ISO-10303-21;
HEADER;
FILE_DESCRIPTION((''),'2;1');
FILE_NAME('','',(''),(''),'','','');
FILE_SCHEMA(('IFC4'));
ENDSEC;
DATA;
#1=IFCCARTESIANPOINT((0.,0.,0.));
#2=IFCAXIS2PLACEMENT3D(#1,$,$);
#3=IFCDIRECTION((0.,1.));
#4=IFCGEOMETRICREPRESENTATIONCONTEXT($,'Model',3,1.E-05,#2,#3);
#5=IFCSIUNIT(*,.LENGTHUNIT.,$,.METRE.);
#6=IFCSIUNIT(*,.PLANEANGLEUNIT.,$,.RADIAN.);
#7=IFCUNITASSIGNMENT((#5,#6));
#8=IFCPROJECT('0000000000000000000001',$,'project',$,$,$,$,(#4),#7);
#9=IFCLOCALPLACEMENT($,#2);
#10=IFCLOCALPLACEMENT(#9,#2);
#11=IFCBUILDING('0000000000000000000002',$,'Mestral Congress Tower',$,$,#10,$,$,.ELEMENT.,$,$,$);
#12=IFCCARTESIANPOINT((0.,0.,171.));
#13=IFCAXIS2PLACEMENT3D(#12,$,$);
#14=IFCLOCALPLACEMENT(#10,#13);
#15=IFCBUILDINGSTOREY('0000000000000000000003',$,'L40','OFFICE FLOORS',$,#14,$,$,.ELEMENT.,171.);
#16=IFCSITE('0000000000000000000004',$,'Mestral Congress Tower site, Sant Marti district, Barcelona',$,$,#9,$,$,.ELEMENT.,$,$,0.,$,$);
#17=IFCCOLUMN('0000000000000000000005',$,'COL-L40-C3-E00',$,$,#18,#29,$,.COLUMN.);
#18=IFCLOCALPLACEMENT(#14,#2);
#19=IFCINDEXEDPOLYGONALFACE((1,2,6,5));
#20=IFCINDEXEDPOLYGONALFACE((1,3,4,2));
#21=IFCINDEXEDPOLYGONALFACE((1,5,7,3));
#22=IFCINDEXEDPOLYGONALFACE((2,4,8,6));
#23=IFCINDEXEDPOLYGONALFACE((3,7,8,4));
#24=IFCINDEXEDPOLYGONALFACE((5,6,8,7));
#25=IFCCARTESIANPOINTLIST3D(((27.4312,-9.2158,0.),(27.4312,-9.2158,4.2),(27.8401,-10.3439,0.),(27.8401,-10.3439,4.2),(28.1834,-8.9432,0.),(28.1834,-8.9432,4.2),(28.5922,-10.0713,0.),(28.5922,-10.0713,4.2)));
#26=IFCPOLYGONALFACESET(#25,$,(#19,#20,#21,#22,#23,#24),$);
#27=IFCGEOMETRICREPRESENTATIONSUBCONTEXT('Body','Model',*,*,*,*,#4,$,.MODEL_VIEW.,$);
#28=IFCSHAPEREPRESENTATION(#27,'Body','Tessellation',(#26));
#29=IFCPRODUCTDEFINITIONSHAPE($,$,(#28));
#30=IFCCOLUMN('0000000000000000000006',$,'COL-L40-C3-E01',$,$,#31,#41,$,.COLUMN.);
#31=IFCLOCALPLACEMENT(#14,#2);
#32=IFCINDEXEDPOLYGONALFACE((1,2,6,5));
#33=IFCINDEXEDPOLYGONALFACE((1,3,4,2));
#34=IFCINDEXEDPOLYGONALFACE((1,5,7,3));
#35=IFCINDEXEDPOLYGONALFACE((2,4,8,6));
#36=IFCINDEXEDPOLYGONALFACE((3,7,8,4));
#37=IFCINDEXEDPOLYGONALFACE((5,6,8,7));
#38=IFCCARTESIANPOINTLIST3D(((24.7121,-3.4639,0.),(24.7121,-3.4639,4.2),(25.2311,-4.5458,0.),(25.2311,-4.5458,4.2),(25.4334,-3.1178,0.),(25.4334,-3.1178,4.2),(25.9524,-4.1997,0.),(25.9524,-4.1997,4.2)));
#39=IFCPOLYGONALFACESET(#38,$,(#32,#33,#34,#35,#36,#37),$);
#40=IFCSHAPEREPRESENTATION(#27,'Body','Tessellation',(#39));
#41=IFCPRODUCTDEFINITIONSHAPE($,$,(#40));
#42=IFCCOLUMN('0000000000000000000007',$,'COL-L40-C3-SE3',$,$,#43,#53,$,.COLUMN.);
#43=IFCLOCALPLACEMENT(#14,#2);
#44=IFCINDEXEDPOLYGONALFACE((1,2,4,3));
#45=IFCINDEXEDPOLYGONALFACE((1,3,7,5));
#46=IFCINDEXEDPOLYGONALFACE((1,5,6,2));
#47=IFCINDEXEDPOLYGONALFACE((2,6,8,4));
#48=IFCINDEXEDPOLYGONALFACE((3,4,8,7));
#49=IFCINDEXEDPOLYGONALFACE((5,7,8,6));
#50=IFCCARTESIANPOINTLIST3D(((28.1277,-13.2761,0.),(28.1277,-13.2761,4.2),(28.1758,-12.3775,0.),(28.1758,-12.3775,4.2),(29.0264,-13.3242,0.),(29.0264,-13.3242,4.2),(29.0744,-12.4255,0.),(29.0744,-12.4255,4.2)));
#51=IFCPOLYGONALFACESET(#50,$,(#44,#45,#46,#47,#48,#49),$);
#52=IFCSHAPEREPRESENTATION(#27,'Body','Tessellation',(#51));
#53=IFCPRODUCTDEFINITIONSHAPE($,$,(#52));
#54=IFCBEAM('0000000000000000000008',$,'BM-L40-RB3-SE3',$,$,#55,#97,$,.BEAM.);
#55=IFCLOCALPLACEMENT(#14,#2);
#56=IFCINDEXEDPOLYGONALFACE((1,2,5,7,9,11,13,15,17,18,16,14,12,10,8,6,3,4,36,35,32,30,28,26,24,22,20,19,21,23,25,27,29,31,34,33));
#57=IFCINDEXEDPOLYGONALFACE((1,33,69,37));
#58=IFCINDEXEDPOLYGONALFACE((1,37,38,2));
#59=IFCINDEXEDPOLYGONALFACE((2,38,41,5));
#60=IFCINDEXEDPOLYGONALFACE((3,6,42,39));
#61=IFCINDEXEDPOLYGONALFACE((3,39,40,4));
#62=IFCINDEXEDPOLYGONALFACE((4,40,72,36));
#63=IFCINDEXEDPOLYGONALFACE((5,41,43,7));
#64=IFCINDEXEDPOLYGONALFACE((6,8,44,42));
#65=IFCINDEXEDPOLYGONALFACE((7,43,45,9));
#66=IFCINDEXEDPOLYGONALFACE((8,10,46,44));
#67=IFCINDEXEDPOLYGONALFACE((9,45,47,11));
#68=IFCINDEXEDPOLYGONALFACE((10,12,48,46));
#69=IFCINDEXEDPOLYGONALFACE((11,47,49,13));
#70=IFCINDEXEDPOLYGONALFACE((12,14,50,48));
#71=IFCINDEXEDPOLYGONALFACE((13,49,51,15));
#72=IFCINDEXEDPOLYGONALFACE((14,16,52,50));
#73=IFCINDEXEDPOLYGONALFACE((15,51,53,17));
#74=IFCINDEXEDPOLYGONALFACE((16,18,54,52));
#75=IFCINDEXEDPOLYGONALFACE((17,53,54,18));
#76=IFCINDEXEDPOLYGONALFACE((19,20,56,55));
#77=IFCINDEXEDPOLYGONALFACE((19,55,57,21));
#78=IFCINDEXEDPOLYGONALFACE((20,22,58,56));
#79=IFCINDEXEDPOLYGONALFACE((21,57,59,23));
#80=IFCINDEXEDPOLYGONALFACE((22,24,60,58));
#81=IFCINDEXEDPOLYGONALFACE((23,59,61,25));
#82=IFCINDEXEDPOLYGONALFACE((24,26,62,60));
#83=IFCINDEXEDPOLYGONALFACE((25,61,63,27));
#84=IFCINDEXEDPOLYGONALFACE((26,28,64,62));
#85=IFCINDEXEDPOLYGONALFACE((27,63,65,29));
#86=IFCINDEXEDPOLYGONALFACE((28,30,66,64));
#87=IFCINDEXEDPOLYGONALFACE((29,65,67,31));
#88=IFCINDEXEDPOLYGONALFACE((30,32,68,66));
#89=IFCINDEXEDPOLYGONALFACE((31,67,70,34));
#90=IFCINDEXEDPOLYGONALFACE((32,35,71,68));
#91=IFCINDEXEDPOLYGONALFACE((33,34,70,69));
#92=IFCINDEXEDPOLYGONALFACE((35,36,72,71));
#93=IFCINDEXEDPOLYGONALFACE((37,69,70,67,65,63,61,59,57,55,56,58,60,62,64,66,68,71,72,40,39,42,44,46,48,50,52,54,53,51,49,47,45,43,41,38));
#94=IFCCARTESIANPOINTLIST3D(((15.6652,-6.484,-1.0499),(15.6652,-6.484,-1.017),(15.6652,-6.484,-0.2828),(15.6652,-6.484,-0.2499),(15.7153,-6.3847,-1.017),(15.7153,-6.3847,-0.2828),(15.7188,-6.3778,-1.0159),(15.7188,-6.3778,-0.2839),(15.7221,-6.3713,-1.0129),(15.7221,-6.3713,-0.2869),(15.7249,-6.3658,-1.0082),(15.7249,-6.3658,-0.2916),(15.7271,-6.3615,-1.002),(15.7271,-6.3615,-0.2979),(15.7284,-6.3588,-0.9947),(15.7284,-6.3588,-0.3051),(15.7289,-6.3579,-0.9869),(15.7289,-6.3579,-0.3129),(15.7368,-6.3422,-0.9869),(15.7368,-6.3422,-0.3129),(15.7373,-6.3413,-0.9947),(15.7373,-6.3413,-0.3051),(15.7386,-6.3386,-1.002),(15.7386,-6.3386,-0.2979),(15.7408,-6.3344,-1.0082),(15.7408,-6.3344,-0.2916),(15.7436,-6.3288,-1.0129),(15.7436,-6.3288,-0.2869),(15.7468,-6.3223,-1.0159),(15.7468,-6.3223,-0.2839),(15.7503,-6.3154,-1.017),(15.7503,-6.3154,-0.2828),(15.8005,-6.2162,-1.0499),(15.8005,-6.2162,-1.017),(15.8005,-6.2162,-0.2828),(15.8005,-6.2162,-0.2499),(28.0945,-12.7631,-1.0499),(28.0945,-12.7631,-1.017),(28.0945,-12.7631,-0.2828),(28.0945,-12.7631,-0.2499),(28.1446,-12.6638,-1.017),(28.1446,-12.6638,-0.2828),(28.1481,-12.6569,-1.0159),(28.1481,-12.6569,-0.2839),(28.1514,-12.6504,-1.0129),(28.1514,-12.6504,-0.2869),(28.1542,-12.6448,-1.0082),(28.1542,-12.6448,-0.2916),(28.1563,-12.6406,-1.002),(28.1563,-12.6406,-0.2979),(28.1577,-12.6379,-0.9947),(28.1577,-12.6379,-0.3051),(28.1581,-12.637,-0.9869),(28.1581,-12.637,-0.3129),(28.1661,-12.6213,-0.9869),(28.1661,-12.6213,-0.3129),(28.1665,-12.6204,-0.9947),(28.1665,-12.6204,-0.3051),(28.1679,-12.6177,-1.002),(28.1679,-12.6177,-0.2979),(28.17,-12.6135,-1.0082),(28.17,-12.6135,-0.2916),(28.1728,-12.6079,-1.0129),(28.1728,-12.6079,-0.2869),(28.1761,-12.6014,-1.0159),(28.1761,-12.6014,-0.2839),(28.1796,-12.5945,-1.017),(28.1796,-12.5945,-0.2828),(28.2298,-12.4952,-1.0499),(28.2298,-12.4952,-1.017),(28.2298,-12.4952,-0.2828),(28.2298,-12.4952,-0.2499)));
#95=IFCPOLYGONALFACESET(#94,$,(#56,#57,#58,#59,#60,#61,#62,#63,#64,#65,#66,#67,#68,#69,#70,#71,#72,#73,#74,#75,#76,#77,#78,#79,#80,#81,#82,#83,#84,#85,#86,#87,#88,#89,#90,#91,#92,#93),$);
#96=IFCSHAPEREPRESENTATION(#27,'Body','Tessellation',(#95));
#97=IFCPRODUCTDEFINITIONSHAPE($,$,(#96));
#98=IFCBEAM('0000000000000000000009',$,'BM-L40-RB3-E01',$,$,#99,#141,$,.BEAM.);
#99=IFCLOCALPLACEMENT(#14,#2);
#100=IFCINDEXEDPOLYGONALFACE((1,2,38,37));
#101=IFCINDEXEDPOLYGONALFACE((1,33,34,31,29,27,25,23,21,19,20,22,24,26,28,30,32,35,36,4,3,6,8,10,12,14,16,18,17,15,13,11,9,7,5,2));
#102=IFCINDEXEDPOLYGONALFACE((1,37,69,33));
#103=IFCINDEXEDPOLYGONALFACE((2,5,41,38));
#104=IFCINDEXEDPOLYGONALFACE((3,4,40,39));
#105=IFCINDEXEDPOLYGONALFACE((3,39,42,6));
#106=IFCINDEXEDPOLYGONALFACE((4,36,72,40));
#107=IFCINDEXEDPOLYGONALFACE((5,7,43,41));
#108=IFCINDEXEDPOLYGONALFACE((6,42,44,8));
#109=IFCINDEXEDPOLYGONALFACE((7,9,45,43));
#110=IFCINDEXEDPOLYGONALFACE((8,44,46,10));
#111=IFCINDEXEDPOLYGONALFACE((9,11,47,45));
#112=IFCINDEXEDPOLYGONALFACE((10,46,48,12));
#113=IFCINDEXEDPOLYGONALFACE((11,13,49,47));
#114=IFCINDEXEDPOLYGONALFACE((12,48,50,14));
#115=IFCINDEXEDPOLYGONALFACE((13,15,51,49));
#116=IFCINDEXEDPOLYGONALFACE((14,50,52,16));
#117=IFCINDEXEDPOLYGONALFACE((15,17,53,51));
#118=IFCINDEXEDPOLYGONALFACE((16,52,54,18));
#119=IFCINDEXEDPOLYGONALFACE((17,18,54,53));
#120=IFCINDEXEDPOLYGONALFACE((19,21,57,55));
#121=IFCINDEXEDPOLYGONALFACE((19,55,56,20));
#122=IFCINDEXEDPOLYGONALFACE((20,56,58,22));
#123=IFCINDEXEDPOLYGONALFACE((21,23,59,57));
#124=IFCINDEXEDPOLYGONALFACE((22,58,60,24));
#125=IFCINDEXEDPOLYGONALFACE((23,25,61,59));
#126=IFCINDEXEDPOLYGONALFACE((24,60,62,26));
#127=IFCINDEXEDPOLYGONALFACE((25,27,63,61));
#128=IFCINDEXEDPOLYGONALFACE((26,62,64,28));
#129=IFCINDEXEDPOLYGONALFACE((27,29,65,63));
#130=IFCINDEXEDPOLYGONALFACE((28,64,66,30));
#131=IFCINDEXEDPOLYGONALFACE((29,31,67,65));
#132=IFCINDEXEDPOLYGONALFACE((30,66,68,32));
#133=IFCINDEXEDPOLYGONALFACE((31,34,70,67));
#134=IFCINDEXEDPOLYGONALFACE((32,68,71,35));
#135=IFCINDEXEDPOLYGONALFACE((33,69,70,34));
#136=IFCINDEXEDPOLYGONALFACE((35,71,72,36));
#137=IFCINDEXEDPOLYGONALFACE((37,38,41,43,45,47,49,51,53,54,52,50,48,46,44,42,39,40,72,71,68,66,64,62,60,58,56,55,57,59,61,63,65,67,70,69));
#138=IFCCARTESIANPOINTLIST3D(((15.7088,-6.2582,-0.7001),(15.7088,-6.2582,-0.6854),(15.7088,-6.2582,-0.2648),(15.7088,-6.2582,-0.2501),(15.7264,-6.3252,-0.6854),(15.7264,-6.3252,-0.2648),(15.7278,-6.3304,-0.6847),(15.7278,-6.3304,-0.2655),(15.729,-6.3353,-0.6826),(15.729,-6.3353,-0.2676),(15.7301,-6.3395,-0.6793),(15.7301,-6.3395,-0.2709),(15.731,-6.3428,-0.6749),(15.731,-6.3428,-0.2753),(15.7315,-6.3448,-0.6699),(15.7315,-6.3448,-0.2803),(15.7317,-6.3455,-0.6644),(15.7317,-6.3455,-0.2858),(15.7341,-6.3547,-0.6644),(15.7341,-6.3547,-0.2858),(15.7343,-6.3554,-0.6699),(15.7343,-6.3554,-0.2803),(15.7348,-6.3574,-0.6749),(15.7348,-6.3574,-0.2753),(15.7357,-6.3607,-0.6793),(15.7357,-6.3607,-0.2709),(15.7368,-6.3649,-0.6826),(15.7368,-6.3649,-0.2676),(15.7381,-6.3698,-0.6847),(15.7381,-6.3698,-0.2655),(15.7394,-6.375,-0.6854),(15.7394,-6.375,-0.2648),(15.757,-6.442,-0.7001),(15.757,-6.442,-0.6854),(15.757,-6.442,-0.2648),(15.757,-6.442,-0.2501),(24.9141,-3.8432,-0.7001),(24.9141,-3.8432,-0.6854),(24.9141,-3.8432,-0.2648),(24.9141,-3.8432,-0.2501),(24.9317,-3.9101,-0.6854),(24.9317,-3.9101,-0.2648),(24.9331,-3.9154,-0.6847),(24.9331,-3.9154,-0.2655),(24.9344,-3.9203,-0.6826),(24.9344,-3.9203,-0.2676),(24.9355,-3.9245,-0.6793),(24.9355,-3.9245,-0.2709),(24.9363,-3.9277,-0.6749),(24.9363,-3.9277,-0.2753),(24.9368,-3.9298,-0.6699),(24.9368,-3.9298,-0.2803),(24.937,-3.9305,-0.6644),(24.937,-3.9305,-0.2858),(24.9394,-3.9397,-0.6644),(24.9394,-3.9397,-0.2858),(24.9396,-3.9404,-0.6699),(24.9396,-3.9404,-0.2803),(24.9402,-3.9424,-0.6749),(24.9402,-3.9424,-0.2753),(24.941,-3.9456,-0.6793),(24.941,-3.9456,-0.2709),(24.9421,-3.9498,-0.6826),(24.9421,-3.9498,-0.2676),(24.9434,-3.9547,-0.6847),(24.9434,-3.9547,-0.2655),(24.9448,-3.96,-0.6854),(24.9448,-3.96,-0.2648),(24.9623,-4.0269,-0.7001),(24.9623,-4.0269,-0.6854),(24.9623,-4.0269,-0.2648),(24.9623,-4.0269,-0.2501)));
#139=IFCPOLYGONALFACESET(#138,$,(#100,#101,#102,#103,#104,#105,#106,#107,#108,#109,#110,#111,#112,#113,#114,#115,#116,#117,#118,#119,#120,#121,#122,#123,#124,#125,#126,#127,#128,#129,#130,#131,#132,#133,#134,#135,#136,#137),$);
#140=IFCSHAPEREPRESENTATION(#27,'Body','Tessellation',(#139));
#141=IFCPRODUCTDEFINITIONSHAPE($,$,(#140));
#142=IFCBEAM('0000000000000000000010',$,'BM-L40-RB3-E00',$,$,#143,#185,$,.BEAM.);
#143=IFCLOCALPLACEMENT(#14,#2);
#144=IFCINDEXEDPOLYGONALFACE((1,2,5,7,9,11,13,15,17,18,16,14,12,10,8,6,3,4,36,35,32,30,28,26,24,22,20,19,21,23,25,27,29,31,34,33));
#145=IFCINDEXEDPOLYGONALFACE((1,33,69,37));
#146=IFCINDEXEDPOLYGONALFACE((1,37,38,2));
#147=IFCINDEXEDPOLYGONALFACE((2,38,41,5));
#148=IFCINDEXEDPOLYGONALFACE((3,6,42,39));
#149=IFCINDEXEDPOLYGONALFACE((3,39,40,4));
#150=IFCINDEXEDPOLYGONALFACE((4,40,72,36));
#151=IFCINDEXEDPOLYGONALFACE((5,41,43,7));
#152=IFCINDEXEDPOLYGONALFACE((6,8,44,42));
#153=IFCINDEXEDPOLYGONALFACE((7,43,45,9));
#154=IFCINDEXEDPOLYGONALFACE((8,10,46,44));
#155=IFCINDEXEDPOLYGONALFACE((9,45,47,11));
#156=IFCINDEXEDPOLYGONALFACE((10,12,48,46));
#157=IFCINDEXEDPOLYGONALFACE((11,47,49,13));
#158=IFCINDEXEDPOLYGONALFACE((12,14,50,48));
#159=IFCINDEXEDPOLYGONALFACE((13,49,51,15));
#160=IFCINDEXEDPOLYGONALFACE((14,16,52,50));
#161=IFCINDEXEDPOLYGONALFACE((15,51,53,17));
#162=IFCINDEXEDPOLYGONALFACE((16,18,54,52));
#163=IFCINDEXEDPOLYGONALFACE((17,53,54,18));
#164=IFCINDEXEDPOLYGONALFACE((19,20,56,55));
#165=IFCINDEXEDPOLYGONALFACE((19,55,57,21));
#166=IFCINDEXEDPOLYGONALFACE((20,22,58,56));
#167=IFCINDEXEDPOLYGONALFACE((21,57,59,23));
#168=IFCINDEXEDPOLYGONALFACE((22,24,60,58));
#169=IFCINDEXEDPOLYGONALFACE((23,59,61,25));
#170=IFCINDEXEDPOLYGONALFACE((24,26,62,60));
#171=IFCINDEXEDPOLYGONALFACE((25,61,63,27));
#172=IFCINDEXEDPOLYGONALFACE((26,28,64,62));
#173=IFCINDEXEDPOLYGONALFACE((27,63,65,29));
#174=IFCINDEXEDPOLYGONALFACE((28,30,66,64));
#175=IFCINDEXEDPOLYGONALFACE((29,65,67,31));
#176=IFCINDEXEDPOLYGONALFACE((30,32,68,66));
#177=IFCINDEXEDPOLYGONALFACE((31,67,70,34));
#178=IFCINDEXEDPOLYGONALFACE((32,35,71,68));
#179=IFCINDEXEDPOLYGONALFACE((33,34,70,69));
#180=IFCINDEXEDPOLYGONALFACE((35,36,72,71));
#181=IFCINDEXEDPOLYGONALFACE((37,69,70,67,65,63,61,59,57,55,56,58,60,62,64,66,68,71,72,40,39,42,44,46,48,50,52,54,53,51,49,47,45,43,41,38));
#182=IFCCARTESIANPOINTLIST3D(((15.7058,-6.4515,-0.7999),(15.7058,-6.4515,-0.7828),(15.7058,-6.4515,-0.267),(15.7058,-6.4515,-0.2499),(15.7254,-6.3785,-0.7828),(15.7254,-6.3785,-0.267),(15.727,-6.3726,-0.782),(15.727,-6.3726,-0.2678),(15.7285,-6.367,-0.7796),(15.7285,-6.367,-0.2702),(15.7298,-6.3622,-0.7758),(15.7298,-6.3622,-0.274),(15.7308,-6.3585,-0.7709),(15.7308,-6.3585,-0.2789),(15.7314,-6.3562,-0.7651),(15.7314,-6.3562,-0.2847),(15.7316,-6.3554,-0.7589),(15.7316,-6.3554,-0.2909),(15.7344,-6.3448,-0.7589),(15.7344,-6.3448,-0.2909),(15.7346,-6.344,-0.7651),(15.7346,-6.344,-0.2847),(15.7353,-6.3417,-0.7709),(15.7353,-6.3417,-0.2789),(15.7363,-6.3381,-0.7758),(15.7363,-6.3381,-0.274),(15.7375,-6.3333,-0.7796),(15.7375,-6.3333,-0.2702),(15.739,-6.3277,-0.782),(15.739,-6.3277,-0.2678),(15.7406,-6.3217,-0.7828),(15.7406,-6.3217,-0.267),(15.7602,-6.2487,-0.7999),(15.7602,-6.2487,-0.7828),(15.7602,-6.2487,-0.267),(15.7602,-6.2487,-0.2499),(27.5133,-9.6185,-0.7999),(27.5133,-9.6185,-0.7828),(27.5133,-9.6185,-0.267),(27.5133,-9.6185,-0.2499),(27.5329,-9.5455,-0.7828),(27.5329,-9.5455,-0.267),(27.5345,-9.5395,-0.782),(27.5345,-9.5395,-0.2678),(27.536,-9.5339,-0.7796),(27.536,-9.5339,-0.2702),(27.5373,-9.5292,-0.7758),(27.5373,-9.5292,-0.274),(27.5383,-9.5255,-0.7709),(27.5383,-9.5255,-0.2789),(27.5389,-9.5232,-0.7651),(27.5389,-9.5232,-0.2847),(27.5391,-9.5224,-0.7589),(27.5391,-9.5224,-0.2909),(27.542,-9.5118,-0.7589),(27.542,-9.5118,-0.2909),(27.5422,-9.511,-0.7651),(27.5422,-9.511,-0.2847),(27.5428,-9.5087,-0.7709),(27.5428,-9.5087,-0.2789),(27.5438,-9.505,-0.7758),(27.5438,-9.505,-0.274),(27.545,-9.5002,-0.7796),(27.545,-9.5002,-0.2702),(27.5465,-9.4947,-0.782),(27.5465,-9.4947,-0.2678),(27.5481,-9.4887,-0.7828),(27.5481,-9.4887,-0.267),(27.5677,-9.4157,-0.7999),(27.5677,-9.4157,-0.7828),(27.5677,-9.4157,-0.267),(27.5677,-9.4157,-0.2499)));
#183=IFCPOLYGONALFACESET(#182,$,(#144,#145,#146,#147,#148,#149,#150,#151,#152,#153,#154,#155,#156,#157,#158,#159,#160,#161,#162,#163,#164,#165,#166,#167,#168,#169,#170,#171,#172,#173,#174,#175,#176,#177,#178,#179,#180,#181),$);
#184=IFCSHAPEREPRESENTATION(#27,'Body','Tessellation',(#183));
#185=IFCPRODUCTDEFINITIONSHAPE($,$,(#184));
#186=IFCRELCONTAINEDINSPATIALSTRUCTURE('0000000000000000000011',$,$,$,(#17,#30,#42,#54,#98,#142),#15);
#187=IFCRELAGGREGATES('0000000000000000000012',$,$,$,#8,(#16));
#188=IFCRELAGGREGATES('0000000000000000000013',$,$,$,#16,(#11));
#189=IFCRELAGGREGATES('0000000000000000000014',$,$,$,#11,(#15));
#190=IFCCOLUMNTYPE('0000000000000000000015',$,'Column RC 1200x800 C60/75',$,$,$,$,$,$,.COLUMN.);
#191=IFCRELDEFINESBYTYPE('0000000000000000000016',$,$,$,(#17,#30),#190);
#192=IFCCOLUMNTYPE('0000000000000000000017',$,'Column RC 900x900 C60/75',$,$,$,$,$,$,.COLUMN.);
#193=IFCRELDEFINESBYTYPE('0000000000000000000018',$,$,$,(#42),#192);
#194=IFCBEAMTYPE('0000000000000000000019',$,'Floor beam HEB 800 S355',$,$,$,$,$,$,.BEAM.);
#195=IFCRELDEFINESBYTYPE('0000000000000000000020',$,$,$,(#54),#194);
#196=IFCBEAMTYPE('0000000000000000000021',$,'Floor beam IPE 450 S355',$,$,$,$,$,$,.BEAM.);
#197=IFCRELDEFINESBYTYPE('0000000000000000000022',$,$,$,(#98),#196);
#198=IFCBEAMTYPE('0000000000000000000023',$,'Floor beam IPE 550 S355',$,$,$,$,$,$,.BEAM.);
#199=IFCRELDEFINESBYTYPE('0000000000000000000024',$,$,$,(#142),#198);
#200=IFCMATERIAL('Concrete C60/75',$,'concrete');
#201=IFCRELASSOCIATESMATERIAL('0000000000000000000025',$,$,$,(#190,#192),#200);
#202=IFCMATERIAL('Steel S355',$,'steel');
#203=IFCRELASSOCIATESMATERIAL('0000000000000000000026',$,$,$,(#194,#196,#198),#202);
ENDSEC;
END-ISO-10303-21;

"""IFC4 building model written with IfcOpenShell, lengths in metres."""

from ifc_helpers import new_model, si_unit, direction, frame, origin, origin_2d, place, context, subcontext, project, spatial, rectangle, i_section, extrude, material, material_profile, profile_set, type_object, element, save


model = new_model("IFC4")

# Units and contexts
model_context = context("Model", 3, precision=1e-05, world=origin(), true_north=direction((0.0, 1.0)))
body_context = subcontext(model_context, "Body", "Model", "MODEL_VIEW")
ifc_project = project(units=[si_unit("LENGTHUNIT", "METRE"), si_unit("PLANEANGLEUNIT", "RADIAN")], contexts=[model_context])

# Site, building, storey
site_placement = place(None, origin())
site = spatial("IfcSite", under=ifc_project, at=site_placement, Name="Mestral Congress Tower site, Sant Marti district, Barcelona", CompositionType="ELEMENT", RefElevation=0.0)
building_placement = place(site_placement, origin())
building = spatial("IfcBuilding", under=site, at=building_placement, Name="Mestral Congress Tower", CompositionType="ELEMENT")
storey_placement = place(building_placement, frame((0.0, 0.0, 171.0)))
storey = spatial("IfcBuildingStorey", under=building, at=storey_placement, Name="L40", Description="OFFICE FLOORS", CompositionType="ELEMENT", Elevation=171.0)

# Columns
ifc_material_1 = material(Name="Concrete C60/75", Category="concrete")
ifc_material_profile_1 = material_profile(ifc_material_1, rectangle(XDim=1.2, YDim=0.8, at=origin_2d()), Name="RC 1200x800")
ifc_profile_set_1 = profile_set([ifc_material_profile_1], Name="Concrete C60/75")
column_type_1 = type_object("IfcColumnType", Name="Column RC 1200x800 C60/75", PredefinedType="COLUMN", material=ifc_profile_set_1)
for number, where, z_axis, x_axis, name in (
    (1, (28.0117, -9.6436, 0.0), (0.0, 0.0, 1.0), (-0.340744, 0.940156, 0.0), "COL-L40-C3-E00"),
    (2, (25.3323, -3.8318, 0.0), (0.0, 0.0, 1.0), (-0.432522, 0.901624, 0.0), "COL-L40-C3-E01"),
):
    element("IfcColumn", number, at=place(storey_placement, frame(where, z_axis=z_axis, x_axis=x_axis)), inside=storey, type_object=column_type_1, Name=name, PredefinedType="COLUMN", context=body_context, shape_type="SweptSolid", body=[
        extrude(rectangle(XDim=1.2, YDim=0.8, at=origin_2d()), origin(), (0.0, 0.0, 1.0), 4.2),
    ])
ifc_material_profile_2 = material_profile(ifc_material_1, rectangle(XDim=0.8999, YDim=0.8999, at=origin_2d()), Name="RC 900x900")
ifc_profile_set_2 = profile_set([ifc_material_profile_2], Name="Concrete C60/75")
column_type_2 = type_object("IfcColumnType", Name="Column RC 900x900 C60/75", PredefinedType="COLUMN", material=ifc_profile_set_2)
column_placement = place(storey_placement, frame((28.6011, -12.8508, 0.0), z_axis=(0.0, 0.0, 1.0), x_axis=(0.053392, 0.998574, 0.0)))
element("IfcColumn", 3, at=column_placement, inside=storey, type_object=column_type_2, Name="COL-L40-C3-SE3", PredefinedType="COLUMN", context=body_context, shape_type="SweptSolid", body=[
    extrude(rectangle(XDim=0.8999, YDim=0.8999, at=origin_2d()), origin(), (0.0, 0.0, 1.0), 4.2),
])

# Beams
ifc_material_2 = material(Name="Steel S355", Category="steel")
ifc_material_profile_3 = material_profile(ifc_material_2, i_section(OverallWidth=0.3, OverallDepth=0.8, WebThickness=0.0176, FlangeThickness=0.033, FilletRadius=0.03, at=origin_2d()), Name="HEB 800")
ifc_profile_set_3 = profile_set([ifc_material_profile_3], Name="Steel S355")
beam_type_1 = type_object("IfcBeamType", Name="Floor beam HEB 800 S355", PredefinedType="BEAM", material=ifc_profile_set_3)
beam_1_placement = place(storey_placement, frame((28.1621, -12.6292, -0.6499), z_axis=(-0.892568, 0.450913, 0.0), x_axis=(-0.450913, -0.892568, 0.0)))
element("IfcBeam", 4, at=beam_1_placement, inside=storey, type_object=beam_type_1, Name="BM-L40-RB3-SE3", PredefinedType="BEAM", context=body_context, shape_type="SweptSolid", body=[
    extrude(i_section(OverallWidth=0.3, OverallDepth=0.8, WebThickness=0.0176, FlangeThickness=0.033, FilletRadius=0.03, at=origin_2d()), origin(), (0.0, 0.0, 1.0), 13.9253),
])
ifc_material_profile_4 = material_profile(ifc_material_2, i_section(OverallWidth=0.1899, OverallDepth=0.45, WebThickness=0.0095, FlangeThickness=0.0146, FilletRadius=0.021, at=origin_2d()), Name="IPE 450")
ifc_profile_set_4 = profile_set([ifc_material_profile_4], Name="Steel S355")
beam_type_2 = type_object("IfcBeamType", Name="Floor beam IPE 450 S355", PredefinedType="BEAM", material=ifc_profile_set_4)
beam_2_placement = place(storey_placement, frame((24.9382, -3.9351, -0.4751), z_axis=(-0.967266, -0.253765, 0.0), x_axis=(0.253765, -0.967266, 0.0)))
element("IfcBeam", 5, at=beam_2_placement, inside=storey, type_object=beam_type_2, Name="BM-L40-RB3-E01", PredefinedType="BEAM", context=body_context, shape_type="SweptSolid", body=[
    extrude(i_section(OverallWidth=0.1899, OverallDepth=0.45, WebThickness=0.0095, FlangeThickness=0.0146, FilletRadius=0.021, at=origin_2d()), origin(), (0.0, 0.0, 1.0), 9.5168),
])
ifc_material_profile_5 = material_profile(ifc_material_2, i_section(OverallWidth=0.21, OverallDepth=0.55, WebThickness=0.011, FlangeThickness=0.0171, FilletRadius=0.0239, at=origin_2d()), Name="IPE 550")
ifc_profile_set_5 = profile_set([ifc_material_profile_5], Name="Steel S355")
beam_type_3 = type_object("IfcBeamType", Name="Floor beam IPE 550 S355", PredefinedType="BEAM", material=ifc_profile_set_5)
beam_3_placement = place(storey_placement, frame((27.5405, -9.5171, -0.5249), z_axis=(-0.965861, 0.259059, 0.0), x_axis=(-0.259059, -0.965861, 0.0)))
element("IfcBeam", 6, at=beam_3_placement, inside=storey, type_object=beam_type_3, Name="BM-L40-RB3-E00", PredefinedType="BEAM", context=body_context, shape_type="SweptSolid", body=[
    extrude(i_section(OverallWidth=0.21, OverallDepth=0.55, WebThickness=0.011, FlangeThickness=0.0171, FilletRadius=0.0239, at=origin_2d()), origin(), (0.0, 0.0, 1.0), 12.2249),
])

save(model, "model.ifc")
